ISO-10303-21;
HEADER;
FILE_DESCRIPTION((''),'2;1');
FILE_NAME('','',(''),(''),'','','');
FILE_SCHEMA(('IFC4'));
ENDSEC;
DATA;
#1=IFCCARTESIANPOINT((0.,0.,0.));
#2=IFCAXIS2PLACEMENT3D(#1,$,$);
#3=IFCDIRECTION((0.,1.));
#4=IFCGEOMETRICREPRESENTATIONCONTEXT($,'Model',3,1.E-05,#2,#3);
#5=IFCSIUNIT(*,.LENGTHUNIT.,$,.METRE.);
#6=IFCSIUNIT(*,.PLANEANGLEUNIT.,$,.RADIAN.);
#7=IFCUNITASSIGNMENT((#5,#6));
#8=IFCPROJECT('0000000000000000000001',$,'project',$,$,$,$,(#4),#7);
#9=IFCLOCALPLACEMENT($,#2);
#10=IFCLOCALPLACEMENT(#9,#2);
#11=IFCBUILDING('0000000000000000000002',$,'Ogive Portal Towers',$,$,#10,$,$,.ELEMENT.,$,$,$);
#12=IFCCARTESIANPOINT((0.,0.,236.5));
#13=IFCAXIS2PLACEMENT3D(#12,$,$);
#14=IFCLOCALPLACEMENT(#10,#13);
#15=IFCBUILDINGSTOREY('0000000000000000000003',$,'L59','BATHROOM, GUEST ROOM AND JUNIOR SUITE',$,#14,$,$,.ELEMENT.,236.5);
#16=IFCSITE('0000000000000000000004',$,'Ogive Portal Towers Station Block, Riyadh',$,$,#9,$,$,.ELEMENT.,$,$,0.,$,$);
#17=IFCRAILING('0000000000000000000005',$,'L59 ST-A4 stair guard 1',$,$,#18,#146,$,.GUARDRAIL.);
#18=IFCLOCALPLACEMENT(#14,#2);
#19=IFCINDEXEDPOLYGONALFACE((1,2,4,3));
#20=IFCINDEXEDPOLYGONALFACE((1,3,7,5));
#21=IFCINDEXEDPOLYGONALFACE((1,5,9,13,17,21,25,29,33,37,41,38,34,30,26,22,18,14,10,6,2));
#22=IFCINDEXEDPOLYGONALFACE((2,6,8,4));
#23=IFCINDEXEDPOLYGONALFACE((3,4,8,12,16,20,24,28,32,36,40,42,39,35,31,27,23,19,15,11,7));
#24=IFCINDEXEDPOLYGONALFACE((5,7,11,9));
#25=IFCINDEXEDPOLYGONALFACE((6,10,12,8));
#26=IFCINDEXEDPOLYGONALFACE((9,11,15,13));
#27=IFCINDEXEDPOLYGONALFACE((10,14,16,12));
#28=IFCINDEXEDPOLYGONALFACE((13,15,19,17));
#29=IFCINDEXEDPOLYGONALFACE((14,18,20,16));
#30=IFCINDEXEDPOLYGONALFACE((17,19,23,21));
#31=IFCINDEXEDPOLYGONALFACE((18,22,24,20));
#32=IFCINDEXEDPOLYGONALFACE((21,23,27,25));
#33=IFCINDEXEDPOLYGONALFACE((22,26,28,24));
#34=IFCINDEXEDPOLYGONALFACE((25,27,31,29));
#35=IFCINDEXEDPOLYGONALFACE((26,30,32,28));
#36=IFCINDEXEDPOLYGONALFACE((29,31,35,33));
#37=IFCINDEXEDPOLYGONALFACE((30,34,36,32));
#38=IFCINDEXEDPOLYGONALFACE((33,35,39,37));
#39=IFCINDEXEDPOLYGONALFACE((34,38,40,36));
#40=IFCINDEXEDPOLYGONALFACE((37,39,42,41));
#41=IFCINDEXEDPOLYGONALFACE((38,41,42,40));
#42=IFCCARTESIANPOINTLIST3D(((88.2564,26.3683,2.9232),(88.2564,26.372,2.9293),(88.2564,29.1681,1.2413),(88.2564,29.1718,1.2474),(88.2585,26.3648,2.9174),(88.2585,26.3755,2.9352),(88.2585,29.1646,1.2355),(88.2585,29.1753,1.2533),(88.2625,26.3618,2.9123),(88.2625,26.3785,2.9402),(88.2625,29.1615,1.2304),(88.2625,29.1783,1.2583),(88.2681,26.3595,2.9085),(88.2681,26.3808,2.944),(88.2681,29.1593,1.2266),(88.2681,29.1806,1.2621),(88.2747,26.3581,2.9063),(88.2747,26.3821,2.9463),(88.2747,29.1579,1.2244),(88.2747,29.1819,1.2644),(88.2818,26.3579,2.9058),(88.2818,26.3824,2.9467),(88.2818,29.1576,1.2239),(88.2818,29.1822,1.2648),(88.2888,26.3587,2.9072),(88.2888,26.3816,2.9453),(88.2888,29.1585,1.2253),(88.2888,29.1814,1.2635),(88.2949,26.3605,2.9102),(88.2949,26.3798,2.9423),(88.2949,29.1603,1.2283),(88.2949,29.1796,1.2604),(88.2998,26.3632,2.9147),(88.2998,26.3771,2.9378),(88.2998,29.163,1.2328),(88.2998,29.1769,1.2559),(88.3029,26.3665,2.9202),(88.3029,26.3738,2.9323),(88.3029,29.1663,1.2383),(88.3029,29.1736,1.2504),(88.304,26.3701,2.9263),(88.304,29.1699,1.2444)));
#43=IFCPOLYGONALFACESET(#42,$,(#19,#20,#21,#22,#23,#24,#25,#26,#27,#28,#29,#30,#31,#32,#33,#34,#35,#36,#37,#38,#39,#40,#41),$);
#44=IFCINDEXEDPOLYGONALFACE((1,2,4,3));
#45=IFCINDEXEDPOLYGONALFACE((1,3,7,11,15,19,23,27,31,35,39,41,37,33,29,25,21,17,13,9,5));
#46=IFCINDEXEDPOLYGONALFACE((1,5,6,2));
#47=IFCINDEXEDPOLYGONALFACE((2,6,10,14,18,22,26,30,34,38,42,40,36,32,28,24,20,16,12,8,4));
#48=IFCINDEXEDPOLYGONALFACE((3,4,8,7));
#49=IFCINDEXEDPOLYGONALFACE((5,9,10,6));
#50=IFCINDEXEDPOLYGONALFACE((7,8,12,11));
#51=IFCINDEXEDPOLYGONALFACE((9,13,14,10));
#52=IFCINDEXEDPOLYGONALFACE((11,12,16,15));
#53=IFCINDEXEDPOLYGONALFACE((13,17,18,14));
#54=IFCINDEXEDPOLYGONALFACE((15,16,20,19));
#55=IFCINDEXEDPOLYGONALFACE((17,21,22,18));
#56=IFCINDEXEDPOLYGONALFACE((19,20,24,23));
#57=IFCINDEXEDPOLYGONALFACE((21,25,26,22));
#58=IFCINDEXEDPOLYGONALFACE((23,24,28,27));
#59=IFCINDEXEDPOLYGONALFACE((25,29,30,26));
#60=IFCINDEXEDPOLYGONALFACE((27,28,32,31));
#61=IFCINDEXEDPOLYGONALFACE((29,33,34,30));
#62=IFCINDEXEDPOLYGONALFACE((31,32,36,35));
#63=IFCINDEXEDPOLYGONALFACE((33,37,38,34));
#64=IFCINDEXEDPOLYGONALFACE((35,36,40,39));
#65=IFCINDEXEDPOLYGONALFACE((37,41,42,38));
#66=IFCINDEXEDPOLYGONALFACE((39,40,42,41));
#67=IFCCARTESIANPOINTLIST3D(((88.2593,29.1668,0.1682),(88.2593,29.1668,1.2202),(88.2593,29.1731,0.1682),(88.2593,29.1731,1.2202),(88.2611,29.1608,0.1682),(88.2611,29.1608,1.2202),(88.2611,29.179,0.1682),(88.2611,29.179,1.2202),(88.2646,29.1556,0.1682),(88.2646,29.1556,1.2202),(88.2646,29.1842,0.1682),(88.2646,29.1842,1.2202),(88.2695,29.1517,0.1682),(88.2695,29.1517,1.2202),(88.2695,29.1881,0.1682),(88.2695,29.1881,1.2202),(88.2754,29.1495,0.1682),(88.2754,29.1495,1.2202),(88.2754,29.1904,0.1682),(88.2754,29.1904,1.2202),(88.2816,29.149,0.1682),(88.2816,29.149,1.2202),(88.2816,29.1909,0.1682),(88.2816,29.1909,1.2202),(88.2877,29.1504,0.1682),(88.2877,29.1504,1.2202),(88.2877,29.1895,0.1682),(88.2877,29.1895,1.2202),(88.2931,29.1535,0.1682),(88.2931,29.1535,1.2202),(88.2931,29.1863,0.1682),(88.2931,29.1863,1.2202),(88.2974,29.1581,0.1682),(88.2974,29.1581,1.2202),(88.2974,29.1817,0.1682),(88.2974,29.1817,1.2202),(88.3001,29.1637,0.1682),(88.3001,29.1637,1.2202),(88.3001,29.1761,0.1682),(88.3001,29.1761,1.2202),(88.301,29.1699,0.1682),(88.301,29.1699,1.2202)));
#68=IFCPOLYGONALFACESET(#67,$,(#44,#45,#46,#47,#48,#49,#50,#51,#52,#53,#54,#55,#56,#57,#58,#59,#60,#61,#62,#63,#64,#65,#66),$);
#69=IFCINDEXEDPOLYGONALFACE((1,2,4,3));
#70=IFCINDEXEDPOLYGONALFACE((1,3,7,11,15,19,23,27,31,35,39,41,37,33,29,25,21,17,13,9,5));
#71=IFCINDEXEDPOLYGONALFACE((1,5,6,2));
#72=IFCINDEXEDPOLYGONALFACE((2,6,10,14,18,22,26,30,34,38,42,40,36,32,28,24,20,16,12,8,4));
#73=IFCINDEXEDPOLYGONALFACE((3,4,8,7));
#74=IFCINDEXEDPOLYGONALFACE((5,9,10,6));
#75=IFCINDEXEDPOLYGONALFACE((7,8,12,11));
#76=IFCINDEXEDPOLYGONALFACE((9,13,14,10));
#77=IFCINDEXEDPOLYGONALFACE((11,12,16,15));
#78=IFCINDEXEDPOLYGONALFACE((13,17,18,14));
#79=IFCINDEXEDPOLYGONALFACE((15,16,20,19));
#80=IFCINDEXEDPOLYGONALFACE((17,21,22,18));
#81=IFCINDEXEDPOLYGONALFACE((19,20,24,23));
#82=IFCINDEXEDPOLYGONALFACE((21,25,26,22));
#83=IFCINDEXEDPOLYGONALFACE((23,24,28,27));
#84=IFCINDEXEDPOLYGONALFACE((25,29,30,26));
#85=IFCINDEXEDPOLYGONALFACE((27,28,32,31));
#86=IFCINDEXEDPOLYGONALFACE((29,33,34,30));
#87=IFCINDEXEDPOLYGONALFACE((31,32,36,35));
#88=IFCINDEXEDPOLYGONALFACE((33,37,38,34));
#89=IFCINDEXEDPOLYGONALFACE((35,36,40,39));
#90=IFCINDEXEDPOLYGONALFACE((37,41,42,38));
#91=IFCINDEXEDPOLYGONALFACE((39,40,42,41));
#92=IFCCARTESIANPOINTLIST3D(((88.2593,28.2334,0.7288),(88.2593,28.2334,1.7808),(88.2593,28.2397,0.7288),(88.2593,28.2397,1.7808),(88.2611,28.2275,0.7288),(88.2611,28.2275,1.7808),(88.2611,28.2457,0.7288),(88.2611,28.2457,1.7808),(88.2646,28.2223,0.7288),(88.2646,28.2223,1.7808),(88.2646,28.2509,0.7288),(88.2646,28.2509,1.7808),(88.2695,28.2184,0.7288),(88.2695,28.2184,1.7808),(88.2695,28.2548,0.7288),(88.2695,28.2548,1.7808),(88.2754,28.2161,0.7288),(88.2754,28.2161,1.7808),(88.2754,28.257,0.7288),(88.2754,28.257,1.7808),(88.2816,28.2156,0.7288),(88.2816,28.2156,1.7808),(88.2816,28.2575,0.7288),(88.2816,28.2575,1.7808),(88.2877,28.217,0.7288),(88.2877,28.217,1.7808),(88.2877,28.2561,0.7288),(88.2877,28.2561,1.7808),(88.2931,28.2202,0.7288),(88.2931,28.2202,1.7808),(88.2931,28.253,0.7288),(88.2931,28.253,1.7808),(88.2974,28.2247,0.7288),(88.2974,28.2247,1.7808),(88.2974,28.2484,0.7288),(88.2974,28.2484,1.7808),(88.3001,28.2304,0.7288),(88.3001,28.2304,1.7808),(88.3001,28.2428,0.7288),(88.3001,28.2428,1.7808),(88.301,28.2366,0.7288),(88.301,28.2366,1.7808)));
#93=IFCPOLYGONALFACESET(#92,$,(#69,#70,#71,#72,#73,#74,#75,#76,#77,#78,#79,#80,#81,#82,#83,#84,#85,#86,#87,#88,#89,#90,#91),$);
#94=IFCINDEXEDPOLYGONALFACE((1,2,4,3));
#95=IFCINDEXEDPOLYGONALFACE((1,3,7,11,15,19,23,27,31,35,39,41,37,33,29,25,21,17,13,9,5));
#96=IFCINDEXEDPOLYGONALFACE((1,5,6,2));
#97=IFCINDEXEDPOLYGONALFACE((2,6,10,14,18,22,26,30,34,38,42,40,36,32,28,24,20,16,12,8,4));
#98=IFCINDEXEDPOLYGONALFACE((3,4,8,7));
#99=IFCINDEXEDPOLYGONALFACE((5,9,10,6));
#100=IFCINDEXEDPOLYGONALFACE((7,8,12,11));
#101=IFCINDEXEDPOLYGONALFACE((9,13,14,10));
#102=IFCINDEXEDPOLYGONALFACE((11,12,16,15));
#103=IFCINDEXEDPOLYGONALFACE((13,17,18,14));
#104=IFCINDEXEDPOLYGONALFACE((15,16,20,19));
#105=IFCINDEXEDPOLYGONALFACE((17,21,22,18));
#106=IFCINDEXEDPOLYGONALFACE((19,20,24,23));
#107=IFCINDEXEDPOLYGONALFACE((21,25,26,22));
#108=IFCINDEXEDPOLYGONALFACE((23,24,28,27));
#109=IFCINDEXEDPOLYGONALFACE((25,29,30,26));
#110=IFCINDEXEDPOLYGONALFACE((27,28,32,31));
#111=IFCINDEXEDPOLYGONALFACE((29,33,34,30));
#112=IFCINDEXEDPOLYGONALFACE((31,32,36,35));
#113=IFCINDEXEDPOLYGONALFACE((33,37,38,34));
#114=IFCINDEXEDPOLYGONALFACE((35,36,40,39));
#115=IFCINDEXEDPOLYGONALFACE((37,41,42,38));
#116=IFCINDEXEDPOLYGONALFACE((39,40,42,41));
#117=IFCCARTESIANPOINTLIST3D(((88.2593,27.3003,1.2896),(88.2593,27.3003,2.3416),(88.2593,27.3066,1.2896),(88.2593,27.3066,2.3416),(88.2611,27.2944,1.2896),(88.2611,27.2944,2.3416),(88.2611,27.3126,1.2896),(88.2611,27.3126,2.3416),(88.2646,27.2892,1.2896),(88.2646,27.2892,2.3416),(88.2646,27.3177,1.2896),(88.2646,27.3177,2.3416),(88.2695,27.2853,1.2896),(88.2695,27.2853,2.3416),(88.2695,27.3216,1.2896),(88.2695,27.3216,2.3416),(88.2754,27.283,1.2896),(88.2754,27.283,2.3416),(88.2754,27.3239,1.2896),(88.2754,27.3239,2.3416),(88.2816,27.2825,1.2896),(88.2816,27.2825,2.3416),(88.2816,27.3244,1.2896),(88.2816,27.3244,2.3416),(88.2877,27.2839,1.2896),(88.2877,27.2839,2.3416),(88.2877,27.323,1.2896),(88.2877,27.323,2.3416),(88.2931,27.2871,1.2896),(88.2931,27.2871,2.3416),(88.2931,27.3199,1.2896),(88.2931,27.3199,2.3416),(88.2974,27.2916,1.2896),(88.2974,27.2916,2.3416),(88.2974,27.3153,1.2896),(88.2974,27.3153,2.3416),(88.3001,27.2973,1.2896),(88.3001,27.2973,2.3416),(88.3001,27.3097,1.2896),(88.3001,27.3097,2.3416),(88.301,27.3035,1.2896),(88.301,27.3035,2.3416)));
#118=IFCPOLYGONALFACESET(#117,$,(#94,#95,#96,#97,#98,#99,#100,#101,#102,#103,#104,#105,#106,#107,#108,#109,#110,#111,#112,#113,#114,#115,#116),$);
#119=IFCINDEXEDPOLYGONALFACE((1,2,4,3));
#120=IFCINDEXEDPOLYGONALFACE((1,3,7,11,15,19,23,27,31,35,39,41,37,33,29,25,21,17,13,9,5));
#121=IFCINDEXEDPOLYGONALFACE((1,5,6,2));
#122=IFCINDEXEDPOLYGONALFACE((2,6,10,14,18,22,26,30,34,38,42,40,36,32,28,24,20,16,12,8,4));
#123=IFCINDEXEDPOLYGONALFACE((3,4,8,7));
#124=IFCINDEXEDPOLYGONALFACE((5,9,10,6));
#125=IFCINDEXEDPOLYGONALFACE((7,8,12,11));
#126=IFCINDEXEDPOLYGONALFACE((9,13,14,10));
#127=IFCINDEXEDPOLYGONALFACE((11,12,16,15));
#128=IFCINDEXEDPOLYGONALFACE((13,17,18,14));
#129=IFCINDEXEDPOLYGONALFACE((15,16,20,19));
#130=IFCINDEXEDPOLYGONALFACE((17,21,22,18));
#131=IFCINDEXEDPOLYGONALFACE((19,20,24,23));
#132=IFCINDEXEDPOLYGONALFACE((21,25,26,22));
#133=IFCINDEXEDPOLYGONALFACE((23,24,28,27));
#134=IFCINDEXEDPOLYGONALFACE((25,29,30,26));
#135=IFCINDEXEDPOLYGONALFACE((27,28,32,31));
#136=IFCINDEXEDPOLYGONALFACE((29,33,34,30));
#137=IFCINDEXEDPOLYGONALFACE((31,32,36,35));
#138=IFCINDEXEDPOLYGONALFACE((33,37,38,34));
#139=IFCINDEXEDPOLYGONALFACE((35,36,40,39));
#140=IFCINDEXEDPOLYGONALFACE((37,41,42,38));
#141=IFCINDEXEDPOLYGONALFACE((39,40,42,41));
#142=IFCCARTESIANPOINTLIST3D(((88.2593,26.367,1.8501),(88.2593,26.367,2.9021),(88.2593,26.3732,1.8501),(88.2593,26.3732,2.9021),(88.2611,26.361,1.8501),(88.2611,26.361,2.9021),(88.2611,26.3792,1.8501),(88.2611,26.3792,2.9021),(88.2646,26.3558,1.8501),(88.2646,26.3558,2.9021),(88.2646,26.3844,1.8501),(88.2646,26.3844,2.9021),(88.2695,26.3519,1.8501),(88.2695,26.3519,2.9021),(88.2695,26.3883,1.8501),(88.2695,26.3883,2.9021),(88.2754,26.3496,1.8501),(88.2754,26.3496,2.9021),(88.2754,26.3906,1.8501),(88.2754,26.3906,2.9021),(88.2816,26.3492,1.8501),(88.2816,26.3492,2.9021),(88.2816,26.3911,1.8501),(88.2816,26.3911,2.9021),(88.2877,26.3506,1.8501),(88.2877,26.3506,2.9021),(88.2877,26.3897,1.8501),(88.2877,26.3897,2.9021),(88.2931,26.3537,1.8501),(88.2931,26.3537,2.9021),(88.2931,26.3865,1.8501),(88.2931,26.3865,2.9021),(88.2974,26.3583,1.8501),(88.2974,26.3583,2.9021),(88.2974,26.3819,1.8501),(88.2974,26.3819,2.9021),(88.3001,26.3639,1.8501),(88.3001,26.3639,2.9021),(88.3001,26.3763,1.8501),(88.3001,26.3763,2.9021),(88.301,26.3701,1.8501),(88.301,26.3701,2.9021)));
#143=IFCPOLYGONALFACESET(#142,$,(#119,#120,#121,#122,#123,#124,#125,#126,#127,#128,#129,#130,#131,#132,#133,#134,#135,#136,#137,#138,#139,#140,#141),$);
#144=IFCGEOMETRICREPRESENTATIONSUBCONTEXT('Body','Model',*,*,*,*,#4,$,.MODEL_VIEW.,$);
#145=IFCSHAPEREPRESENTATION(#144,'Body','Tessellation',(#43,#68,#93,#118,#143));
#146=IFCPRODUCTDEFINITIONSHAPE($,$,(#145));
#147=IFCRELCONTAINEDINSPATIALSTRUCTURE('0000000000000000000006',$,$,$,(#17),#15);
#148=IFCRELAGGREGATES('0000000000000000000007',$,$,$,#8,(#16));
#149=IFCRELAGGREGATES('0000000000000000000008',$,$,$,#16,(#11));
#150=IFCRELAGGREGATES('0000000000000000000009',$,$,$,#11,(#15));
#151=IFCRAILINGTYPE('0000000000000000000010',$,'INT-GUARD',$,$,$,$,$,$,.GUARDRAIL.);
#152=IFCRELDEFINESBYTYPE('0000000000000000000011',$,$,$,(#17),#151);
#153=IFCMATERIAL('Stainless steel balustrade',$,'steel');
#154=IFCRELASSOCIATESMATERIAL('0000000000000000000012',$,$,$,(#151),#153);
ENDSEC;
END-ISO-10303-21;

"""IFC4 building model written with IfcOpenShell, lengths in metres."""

from ifc_helpers import new_model, si_unit, direction, frame, origin, origin_2d, place, context, subcontext, project, spatial, circle, extrude, material, type_object, element, save


model = new_model("IFC4")

# Units and contexts
model_context = context("Model", 3, precision=1e-05, world=origin(), true_north=direction((0.0, 1.0)))
body_context = subcontext(model_context, "Body", "Model", "MODEL_VIEW")
ifc_project = project(units=[si_unit("LENGTHUNIT", "METRE"), si_unit("PLANEANGLEUNIT", "RADIAN")], contexts=[model_context])

# Site, building, storey
site_placement = place(None, origin())
site = spatial("IfcSite", under=ifc_project, at=site_placement, Name="Ogive Portal Towers Station Block, Riyadh", CompositionType="ELEMENT", RefElevation=0.0)
building_placement = place(site_placement, origin())
building = spatial("IfcBuilding", under=site, at=building_placement, Name="Ogive Portal Towers", CompositionType="ELEMENT")
storey_placement = place(building_placement, frame((0.0, 0.0, 236.5)))
storey = spatial("IfcBuildingStorey", under=building, at=storey_placement, Name="L59", Description="BATHROOM, GUEST ROOM AND JUNIOR SUITE", CompositionType="ELEMENT", Elevation=236.5)

# Railing
ifc_material_1 = material(Name="Stainless steel balustrade", Category="steel")
railing_type_1 = type_object("IfcRailingType", Name="INT-GUARD", PredefinedType="GUARDRAIL", material=ifc_material_1)
railing_1_placement = place(storey_placement, frame((88.28, 29.1699, 0.1682)))
element("IfcRailing", 1, at=railing_1_placement, inside=storey, type_object=railing_type_1, Name="L59 ST-A4 stair guard 1", PredefinedType="GUARDRAIL", context=body_context, shape_type="SweptSolid", body=[
    extrude(circle(Radius=0.0239, at=origin_2d()), frame((0.0, 0.0, 1.0762), z_axis=(0.0, -0.857222, 0.514946), x_axis=(1.0, 0.0, 0.0)), (0.0, 0.0, 1.0), 3.2661),
    extrude(circle(Radius=0.021, at=origin_2d()), origin(), (0.0, 0.0, 1.0), 1.052),
    extrude(circle(Radius=0.021, at=origin_2d()), frame((0.0, -0.9333, 0.5605)), (0.0, 0.0, 1.0), 1.052),
    extrude(circle(Radius=0.021, at=origin_2d()), frame((0.0, -1.8665, 1.1213)), (0.0, 0.0, 1.0), 1.052),
    extrude(circle(Radius=0.021, at=origin_2d()), frame((0.0, -2.7998, 1.6819)), (0.0, 0.0, 1.0), 1.052),
])

save(model, "model.ifc")
